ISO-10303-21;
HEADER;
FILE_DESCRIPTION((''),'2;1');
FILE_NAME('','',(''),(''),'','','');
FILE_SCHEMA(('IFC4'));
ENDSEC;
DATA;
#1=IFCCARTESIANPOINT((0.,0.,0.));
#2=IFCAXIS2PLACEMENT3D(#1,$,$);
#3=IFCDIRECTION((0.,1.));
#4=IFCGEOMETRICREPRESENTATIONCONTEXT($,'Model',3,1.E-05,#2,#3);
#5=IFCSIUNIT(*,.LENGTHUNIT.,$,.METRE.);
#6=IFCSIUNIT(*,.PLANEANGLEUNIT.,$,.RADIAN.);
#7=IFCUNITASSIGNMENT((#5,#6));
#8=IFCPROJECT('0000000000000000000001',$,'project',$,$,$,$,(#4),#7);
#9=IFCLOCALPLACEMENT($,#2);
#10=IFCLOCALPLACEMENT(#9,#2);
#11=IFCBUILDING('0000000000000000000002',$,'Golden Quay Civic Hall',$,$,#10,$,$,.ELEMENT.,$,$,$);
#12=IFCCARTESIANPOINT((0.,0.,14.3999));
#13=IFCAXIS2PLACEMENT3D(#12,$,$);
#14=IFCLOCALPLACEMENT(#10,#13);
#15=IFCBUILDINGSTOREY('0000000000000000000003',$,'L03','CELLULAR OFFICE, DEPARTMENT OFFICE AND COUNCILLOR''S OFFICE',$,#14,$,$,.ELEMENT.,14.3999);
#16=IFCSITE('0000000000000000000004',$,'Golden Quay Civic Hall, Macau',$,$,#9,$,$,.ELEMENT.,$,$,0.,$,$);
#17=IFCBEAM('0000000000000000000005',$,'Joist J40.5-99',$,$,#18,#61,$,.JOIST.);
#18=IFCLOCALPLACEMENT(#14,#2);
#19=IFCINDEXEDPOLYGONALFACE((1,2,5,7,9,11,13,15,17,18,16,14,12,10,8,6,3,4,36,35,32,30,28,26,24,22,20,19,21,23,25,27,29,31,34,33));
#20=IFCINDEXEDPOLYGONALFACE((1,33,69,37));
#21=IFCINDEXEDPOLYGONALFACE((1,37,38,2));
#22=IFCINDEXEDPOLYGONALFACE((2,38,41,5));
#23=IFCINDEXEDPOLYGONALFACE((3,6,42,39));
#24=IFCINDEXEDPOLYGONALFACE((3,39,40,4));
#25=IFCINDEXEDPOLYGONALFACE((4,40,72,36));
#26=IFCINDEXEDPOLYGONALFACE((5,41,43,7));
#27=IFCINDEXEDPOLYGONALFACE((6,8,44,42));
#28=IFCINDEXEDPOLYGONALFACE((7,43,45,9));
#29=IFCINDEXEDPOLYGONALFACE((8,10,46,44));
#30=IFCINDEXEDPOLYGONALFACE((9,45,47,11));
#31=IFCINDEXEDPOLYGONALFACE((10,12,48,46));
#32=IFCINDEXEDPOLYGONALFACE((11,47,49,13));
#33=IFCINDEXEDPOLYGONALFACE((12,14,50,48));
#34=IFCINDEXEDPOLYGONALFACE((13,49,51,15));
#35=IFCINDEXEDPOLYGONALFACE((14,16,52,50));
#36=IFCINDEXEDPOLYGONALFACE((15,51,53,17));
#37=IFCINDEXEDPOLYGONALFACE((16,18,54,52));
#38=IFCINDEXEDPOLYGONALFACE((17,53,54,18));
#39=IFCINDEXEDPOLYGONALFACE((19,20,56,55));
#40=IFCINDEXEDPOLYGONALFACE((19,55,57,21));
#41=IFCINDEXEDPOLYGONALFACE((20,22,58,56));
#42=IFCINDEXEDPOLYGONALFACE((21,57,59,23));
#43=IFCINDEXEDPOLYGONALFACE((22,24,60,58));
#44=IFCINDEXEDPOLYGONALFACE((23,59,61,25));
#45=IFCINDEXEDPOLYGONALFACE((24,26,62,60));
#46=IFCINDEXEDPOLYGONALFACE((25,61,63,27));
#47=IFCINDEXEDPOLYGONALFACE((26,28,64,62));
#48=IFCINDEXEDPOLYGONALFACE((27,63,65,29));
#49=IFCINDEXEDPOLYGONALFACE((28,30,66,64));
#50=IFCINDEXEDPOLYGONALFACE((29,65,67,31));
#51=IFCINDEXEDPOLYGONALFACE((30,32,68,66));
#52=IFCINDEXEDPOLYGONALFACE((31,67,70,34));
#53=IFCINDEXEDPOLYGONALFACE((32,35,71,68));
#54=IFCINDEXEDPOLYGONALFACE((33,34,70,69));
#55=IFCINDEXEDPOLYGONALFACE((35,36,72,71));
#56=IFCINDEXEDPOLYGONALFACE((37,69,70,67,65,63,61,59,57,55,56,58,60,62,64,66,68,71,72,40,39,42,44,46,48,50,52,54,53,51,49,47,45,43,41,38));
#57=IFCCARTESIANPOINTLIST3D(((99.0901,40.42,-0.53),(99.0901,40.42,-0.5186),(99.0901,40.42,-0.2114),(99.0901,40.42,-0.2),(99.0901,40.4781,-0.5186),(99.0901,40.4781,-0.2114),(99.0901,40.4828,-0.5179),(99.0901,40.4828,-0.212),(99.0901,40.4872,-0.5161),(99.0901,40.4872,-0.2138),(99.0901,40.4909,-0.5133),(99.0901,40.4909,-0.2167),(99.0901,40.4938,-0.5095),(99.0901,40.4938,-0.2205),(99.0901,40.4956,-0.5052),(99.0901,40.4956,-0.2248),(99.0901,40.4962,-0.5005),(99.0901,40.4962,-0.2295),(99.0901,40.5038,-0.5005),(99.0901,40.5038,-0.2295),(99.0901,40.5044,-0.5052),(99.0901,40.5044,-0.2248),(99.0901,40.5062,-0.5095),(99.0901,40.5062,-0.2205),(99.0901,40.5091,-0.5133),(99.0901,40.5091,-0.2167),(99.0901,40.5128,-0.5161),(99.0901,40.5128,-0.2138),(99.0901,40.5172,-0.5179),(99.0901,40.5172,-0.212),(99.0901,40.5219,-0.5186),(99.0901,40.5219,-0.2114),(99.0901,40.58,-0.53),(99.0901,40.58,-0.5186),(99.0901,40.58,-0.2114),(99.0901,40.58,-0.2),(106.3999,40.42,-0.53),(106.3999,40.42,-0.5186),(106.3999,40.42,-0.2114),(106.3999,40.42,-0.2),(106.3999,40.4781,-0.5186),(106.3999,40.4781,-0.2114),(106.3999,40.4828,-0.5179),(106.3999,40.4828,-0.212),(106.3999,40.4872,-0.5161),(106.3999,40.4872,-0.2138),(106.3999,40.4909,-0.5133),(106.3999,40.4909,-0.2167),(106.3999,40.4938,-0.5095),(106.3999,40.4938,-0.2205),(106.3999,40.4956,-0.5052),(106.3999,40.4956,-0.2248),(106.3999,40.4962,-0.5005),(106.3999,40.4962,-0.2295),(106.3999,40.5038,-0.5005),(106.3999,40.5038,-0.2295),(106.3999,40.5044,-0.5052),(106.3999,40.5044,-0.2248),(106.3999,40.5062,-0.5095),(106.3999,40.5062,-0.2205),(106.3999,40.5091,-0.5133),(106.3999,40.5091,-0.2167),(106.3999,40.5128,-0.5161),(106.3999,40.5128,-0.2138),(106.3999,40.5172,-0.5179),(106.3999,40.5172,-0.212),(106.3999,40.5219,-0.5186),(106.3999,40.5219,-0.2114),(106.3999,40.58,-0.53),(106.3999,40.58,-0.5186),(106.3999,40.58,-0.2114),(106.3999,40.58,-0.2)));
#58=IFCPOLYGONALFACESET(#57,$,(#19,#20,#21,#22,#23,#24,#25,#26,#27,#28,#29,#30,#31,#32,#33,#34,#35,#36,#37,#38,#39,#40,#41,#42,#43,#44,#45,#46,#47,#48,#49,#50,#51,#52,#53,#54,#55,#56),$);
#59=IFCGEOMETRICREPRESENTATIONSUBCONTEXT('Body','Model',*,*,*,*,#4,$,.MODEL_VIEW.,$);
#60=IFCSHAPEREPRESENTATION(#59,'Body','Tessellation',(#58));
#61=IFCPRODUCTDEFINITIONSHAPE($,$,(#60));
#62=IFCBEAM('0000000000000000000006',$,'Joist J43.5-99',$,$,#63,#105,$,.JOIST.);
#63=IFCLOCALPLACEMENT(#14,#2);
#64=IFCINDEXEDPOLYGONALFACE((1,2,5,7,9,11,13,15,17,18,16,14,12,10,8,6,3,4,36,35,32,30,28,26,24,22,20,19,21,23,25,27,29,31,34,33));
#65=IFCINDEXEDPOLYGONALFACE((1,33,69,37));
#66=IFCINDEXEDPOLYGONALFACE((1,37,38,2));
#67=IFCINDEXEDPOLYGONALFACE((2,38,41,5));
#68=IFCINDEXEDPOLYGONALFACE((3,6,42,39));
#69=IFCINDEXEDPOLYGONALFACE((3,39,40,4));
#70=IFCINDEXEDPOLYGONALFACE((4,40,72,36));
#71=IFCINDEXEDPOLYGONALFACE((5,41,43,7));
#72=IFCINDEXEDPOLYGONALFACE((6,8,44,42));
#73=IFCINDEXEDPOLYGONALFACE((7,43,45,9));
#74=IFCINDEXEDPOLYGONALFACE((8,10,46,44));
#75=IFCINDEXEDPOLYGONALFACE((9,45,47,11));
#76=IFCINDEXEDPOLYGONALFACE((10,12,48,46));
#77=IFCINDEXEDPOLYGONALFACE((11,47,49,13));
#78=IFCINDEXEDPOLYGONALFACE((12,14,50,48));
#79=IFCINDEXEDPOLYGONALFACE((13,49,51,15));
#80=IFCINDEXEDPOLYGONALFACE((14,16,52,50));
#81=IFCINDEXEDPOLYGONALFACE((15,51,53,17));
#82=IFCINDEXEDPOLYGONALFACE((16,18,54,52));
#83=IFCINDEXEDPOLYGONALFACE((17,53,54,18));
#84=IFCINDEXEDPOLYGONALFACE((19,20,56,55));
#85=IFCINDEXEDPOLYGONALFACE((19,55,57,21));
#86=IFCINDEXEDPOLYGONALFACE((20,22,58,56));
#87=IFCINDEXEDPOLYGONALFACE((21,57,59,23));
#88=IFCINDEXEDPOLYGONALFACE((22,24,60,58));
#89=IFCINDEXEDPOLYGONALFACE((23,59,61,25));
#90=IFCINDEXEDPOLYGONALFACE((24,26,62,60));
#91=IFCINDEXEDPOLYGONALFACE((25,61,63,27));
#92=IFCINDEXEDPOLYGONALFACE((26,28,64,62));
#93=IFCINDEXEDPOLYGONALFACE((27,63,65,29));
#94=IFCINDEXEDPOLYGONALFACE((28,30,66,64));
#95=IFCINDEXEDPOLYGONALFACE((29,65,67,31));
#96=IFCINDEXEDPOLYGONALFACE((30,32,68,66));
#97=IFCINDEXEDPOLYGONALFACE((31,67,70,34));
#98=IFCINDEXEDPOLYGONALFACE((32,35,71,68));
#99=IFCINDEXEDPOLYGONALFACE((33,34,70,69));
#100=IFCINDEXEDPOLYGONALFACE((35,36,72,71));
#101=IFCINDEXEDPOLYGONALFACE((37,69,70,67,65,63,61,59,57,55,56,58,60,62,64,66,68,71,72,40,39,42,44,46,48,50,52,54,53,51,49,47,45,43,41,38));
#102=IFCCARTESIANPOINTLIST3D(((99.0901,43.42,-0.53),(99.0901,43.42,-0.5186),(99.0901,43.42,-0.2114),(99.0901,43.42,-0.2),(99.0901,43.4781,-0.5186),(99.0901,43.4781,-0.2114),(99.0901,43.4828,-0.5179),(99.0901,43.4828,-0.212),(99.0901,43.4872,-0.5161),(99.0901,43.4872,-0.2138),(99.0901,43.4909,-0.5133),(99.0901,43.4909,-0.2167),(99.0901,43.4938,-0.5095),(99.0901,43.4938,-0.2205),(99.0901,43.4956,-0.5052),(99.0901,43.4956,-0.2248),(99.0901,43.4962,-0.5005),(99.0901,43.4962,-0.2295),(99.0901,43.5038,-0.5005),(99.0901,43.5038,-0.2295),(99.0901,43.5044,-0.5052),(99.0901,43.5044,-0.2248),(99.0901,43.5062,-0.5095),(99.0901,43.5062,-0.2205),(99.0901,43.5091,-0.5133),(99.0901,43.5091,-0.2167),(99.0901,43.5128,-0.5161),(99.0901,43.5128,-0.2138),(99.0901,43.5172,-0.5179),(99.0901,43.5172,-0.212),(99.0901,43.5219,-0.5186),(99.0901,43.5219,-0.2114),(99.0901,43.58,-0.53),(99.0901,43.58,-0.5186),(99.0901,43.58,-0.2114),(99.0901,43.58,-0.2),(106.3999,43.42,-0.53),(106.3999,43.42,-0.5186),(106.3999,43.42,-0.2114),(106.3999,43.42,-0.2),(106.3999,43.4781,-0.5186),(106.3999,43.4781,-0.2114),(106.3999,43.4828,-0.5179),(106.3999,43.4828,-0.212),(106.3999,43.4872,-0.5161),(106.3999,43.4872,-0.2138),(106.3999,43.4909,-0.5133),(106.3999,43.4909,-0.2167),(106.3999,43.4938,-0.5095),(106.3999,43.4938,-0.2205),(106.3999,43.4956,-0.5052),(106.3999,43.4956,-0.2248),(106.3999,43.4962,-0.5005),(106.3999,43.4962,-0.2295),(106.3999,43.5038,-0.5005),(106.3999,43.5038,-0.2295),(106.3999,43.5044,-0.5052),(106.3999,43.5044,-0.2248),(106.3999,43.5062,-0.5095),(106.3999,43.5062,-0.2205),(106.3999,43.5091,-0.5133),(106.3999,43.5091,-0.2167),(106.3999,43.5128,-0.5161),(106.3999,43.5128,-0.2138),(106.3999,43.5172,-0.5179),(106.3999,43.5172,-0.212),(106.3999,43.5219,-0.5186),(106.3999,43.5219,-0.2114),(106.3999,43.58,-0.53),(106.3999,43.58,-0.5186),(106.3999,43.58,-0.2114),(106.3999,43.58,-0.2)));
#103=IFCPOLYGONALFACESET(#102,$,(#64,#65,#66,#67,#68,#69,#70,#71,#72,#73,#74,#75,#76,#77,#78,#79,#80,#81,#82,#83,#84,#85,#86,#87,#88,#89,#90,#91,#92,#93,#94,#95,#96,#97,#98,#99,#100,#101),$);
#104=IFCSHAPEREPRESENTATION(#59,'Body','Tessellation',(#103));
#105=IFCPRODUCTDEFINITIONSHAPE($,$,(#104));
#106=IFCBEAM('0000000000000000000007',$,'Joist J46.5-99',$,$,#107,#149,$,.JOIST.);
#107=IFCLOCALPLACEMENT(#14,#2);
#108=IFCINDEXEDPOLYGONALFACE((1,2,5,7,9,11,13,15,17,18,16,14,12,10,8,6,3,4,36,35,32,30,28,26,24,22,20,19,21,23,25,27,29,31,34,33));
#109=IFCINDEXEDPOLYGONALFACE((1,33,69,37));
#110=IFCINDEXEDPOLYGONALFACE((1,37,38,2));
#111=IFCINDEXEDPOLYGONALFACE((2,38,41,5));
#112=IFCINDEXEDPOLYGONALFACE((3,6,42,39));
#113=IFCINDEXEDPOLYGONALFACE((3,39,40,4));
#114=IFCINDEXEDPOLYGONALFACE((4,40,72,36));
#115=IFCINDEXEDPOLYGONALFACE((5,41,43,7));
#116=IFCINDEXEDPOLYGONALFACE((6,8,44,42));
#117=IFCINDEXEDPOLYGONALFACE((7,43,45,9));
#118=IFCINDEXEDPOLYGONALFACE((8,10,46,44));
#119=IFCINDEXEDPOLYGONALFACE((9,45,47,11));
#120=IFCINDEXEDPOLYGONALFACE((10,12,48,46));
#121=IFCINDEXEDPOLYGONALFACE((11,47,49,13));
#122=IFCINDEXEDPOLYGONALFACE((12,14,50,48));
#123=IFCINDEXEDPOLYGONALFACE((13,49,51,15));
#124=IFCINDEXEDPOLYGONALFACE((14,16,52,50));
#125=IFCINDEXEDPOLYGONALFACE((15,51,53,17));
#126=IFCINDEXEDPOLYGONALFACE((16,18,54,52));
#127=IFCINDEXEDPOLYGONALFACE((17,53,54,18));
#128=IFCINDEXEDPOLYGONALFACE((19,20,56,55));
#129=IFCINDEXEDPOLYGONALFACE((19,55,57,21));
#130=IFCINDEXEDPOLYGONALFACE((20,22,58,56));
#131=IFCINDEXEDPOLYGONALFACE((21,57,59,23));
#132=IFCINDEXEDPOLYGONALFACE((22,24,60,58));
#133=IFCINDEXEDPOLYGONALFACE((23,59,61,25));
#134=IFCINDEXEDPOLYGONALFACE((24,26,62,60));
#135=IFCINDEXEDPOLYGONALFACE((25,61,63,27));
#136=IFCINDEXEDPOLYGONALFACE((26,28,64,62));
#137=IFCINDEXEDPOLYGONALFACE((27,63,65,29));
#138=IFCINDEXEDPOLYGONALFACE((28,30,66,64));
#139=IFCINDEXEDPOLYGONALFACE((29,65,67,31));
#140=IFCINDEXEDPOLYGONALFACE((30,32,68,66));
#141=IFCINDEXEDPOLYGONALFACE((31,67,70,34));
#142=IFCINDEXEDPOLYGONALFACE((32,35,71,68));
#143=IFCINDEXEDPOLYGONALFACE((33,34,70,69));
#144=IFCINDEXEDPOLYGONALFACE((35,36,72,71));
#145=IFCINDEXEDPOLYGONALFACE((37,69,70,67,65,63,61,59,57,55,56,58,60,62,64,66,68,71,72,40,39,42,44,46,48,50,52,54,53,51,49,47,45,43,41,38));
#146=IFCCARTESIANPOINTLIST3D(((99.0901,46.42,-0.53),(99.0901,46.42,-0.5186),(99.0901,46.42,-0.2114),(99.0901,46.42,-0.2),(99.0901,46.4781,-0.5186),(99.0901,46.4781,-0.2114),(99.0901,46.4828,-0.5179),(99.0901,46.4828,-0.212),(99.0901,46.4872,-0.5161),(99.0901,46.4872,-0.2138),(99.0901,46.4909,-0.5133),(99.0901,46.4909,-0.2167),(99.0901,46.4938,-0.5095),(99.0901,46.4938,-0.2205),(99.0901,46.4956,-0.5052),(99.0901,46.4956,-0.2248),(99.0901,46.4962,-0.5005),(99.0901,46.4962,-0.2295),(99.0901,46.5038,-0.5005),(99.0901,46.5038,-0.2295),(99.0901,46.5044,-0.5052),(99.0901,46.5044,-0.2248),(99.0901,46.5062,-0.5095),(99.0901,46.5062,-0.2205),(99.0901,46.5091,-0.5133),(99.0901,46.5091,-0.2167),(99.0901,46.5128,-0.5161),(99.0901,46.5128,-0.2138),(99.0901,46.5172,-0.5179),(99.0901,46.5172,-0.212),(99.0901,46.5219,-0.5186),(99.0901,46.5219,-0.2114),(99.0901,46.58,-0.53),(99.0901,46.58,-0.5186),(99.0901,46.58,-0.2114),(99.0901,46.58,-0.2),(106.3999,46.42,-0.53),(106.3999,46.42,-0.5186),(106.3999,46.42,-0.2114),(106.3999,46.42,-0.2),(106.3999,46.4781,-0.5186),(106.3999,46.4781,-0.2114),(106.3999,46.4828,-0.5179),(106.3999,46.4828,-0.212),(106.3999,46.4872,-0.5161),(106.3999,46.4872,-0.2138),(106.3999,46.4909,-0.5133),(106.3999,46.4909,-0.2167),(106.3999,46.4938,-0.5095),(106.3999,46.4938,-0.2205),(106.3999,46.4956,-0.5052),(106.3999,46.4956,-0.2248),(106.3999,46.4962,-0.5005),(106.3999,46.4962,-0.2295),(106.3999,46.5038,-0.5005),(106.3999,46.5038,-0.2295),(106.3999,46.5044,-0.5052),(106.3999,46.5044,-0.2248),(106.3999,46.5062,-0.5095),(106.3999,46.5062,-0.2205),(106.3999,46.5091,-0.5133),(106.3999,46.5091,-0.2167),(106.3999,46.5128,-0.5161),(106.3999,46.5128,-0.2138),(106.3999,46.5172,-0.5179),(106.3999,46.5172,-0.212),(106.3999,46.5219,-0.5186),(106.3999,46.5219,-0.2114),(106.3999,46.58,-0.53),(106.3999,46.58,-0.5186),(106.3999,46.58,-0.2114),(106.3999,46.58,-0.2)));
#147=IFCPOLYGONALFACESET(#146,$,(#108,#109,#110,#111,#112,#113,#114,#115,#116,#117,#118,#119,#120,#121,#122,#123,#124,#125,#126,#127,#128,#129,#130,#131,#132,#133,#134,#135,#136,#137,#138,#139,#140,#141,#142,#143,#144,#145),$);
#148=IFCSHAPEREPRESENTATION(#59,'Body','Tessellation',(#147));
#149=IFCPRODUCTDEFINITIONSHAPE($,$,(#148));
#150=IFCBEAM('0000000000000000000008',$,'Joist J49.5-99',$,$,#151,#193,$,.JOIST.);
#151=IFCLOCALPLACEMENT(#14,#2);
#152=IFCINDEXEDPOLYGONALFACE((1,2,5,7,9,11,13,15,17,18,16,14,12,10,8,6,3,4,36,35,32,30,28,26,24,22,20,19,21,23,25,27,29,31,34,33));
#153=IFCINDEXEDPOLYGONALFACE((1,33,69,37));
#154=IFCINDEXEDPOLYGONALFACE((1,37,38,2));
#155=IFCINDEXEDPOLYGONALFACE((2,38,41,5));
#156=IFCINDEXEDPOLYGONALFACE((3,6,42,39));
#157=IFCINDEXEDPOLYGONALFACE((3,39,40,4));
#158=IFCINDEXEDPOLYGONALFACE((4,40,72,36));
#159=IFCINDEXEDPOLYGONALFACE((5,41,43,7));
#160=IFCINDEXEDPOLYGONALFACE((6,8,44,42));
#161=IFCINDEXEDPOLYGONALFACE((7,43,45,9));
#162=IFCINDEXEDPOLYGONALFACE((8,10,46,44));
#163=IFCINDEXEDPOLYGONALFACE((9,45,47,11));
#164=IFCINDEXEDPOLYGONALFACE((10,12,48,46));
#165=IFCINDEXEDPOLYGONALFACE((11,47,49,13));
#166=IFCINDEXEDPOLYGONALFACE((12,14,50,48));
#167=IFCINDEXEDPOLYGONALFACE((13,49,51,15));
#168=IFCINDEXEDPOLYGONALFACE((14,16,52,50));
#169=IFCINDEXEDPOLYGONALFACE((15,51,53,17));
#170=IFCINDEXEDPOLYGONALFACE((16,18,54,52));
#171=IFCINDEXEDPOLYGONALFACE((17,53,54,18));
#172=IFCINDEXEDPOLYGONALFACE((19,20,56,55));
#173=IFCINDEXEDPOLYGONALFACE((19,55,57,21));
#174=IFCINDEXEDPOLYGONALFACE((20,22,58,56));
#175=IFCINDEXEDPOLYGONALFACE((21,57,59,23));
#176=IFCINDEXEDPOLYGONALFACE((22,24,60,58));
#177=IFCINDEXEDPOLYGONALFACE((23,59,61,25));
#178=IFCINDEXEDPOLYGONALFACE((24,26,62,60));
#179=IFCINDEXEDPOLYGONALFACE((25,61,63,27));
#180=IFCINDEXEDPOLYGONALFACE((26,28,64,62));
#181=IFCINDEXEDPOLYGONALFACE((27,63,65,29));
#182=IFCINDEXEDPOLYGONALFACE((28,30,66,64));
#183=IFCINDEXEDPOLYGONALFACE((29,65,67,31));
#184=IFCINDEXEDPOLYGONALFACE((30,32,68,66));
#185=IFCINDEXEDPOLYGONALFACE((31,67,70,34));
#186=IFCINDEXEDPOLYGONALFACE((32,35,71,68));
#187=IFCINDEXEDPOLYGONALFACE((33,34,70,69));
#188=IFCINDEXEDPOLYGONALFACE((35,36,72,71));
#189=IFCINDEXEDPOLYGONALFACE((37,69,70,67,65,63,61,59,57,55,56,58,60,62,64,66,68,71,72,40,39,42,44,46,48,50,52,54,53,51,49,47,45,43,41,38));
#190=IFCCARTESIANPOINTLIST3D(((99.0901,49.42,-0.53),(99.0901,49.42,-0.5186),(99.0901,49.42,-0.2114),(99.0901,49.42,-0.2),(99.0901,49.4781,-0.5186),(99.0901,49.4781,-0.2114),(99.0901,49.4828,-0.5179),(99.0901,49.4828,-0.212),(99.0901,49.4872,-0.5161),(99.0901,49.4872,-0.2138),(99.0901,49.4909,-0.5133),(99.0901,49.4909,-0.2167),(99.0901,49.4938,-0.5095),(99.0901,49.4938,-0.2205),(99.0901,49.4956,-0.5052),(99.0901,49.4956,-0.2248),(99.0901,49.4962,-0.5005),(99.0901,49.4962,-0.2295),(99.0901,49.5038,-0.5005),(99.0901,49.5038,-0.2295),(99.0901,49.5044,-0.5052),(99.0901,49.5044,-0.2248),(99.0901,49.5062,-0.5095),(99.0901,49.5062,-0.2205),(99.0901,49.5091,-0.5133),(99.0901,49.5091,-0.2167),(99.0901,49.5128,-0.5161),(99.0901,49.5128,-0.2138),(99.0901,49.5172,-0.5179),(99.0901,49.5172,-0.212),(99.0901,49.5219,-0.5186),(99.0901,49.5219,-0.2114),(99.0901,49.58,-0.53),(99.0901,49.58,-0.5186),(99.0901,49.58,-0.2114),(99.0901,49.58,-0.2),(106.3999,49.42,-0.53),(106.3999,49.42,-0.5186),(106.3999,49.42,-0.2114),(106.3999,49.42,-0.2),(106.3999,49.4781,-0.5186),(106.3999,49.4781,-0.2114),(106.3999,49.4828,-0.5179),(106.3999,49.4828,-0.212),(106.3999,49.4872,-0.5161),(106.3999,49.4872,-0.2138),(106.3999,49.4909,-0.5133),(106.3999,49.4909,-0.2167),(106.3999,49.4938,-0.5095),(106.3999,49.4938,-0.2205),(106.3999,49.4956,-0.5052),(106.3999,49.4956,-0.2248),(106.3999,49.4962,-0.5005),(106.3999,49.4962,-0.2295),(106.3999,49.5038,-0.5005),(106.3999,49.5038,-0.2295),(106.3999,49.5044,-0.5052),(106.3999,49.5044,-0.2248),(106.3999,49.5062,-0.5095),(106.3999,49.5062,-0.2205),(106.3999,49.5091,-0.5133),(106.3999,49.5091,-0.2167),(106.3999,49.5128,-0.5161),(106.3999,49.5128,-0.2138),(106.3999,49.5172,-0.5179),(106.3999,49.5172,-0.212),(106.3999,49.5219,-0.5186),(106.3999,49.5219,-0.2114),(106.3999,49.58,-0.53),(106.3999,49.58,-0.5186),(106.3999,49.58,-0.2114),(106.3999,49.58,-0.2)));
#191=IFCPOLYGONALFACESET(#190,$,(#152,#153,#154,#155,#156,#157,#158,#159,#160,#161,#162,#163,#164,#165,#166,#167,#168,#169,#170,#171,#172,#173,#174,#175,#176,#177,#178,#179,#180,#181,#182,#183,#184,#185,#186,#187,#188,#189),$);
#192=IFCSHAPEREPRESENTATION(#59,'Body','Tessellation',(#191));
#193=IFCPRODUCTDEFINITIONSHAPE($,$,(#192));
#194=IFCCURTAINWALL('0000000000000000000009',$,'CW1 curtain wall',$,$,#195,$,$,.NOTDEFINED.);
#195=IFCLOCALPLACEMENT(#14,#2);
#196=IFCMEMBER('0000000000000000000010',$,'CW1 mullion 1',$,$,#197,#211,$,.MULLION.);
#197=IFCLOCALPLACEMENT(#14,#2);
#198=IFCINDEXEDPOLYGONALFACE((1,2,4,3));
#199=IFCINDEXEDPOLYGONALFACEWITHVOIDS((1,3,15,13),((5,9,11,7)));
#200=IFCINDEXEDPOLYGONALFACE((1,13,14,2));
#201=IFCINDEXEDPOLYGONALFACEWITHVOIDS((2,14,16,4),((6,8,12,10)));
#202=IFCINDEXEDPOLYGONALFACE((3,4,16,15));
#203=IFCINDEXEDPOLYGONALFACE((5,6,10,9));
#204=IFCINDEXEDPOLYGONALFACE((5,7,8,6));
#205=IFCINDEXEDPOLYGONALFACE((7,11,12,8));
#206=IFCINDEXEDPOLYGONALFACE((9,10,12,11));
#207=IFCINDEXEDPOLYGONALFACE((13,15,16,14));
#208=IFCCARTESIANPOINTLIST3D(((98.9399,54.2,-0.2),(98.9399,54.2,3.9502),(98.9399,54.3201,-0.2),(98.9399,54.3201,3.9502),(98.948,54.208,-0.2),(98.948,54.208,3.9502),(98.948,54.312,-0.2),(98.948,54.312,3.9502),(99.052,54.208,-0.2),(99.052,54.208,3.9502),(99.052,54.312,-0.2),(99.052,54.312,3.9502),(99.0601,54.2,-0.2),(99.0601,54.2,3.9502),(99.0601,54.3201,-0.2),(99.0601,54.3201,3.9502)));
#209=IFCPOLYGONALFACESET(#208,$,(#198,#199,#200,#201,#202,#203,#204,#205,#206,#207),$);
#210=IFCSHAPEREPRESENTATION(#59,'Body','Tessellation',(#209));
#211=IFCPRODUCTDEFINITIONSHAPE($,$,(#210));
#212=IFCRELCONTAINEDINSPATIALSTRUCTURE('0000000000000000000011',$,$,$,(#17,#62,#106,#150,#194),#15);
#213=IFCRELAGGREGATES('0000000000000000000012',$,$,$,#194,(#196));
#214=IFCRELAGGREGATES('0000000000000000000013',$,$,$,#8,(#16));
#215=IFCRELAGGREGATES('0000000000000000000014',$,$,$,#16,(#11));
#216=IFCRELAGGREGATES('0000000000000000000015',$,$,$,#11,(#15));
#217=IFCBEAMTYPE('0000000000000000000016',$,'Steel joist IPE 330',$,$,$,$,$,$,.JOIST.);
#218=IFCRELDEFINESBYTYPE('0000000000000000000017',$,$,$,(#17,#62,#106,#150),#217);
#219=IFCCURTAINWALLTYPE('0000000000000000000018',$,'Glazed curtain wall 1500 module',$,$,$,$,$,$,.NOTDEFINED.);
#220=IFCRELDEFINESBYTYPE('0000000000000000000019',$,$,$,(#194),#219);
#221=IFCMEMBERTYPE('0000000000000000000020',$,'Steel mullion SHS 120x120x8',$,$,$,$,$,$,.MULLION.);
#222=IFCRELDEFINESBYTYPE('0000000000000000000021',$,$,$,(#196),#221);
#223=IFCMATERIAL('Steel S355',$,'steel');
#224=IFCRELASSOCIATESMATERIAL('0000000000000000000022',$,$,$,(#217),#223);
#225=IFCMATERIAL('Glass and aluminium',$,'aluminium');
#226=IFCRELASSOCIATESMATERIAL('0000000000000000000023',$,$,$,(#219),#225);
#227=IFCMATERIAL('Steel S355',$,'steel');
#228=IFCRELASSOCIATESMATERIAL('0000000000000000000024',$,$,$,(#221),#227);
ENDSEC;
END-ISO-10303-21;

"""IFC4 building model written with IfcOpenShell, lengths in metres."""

from ifc_helpers import new_model, si_unit, direction, frame, origin, origin_2d, place, context, subcontext, project, spatial, hollow_rectangle, i_section, extrude, material, material_profile, profile_set, type_object, element, aggregate, save


model = new_model("IFC4")

# Units and contexts
model_context = context("Model", 3, precision=1e-05, world=origin(), true_north=direction((0.0, 1.0)))
body_context = subcontext(model_context, "Body", "Model", "MODEL_VIEW")
ifc_project = project(units=[si_unit("LENGTHUNIT", "METRE"), si_unit("PLANEANGLEUNIT", "RADIAN")], contexts=[model_context])

# Site, building, storey
site_placement = place(None, origin())
site = spatial("IfcSite", under=ifc_project, at=site_placement, Name="Golden Quay Civic Hall, Macau", CompositionType="ELEMENT", RefElevation=0.0)
building_placement = place(site_placement, origin())
building = spatial("IfcBuilding", under=site, at=building_placement, Name="Golden Quay Civic Hall", CompositionType="ELEMENT")
storey_placement = place(building_placement, frame((0.0, 0.0, 14.3999)))
storey = spatial("IfcBuildingStorey", under=building, at=storey_placement, Name="L03", Description="CELLULAR OFFICE, DEPARTMENT OFFICE AND COUNCILLOR'S OFFICE", CompositionType="ELEMENT", Elevation=14.3999)

# Beams
ifc_material_1 = material(Name="Steel S355", Category="steel")
ifc_material_profile_1 = material_profile(ifc_material_1, i_section(OverallWidth=0.1599, OverallDepth=0.3301, WebThickness=0.0076, FlangeThickness=0.0115, FilletRadius=0.0181, at=origin_2d()), Name="IPE 330")
ifc_profile_set_1 = profile_set([ifc_material_profile_1], Name="Steel S355")
beam_type_1 = type_object("IfcBeamType", Name="Steel joist IPE 330", PredefinedType="JOIST", material=ifc_profile_set_1)
for number, where, z_axis, x_axis, name in (
    (1, (99.0901, 40.5, -0.365), (1.0, 0.0, 0.0), (0.0, 1.0, 0.0), "Joist J40.5-99"),
    (2, (99.0901, 43.5, -0.365), (1.0, 0.0, 0.0), (0.0, 1.0, 0.0), "Joist J43.5-99"),
    (3, (99.0901, 46.5, -0.365), (1.0, 0.0, 0.0), (0.0, 1.0, 0.0), "Joist J46.5-99"),
    (4, (99.0901, 49.5, -0.365), (1.0, 0.0, 0.0), (0.0, 1.0, 0.0), "Joist J49.5-99"),
):
    element("IfcBeam", number, at=place(storey_placement, frame(where, z_axis=z_axis, x_axis=x_axis)), inside=storey, type_object=beam_type_1, Name=name, PredefinedType="JOIST", context=body_context, shape_type="SweptSolid", body=[
        extrude(i_section(OverallWidth=0.1599, OverallDepth=0.3301, WebThickness=0.0076, FlangeThickness=0.0115, FilletRadius=0.0181, at=origin_2d()), origin(), (0.0, 0.0, 1.0), 7.3098),
    ])

# Curtain wall, member
ifc_material_2 = material(Name="Glass and aluminium", Category="aluminium")
curtain_wall_type_1 = type_object("IfcCurtainWallType", Name="Glazed curtain wall 1500 module", PredefinedType="NOTDEFINED", material=ifc_material_2)
curtain_wall_1_placement = place(storey_placement, origin())
curtain_wall_1 = element("IfcCurtainWall", 5, at=curtain_wall_1_placement, inside=storey, type_object=curtain_wall_type_1, Name="CW1 curtain wall", PredefinedType="NOTDEFINED")
ifc_material_3 = material(Name="Steel S355", Category="steel")
ifc_material_profile_2 = material_profile(ifc_material_3, hollow_rectangle(XDim=0.1201, YDim=0.1201, WallThickness=0.0081, at=origin_2d()), Name="SHS 120x120x8")
ifc_profile_set_2 = profile_set([ifc_material_profile_2], Name="Steel S355")
member_type_1 = type_object("IfcMemberType", Name="Steel mullion SHS 120x120x8", PredefinedType="MULLION", material=ifc_profile_set_2)
member_1_placement = place(storey_placement, frame((99.0, 54.26, -0.2), z_axis=(0.0, 0.0, 1.0), x_axis=(-1.0, 0.0, 0.0)))
member_1 = element("IfcMember", 6, at=member_1_placement, type_object=member_type_1, Name="CW1 mullion 1", PredefinedType="MULLION", context=body_context, shape_type="SweptSolid", body=[
    extrude(hollow_rectangle(XDim=0.1201, YDim=0.1201, WallThickness=0.0081, at=origin_2d()), origin(), (0.0, 0.0, 1.0), 4.1501),
])
aggregate(curtain_wall_1, [member_1])

save(model, "model.ifc")
